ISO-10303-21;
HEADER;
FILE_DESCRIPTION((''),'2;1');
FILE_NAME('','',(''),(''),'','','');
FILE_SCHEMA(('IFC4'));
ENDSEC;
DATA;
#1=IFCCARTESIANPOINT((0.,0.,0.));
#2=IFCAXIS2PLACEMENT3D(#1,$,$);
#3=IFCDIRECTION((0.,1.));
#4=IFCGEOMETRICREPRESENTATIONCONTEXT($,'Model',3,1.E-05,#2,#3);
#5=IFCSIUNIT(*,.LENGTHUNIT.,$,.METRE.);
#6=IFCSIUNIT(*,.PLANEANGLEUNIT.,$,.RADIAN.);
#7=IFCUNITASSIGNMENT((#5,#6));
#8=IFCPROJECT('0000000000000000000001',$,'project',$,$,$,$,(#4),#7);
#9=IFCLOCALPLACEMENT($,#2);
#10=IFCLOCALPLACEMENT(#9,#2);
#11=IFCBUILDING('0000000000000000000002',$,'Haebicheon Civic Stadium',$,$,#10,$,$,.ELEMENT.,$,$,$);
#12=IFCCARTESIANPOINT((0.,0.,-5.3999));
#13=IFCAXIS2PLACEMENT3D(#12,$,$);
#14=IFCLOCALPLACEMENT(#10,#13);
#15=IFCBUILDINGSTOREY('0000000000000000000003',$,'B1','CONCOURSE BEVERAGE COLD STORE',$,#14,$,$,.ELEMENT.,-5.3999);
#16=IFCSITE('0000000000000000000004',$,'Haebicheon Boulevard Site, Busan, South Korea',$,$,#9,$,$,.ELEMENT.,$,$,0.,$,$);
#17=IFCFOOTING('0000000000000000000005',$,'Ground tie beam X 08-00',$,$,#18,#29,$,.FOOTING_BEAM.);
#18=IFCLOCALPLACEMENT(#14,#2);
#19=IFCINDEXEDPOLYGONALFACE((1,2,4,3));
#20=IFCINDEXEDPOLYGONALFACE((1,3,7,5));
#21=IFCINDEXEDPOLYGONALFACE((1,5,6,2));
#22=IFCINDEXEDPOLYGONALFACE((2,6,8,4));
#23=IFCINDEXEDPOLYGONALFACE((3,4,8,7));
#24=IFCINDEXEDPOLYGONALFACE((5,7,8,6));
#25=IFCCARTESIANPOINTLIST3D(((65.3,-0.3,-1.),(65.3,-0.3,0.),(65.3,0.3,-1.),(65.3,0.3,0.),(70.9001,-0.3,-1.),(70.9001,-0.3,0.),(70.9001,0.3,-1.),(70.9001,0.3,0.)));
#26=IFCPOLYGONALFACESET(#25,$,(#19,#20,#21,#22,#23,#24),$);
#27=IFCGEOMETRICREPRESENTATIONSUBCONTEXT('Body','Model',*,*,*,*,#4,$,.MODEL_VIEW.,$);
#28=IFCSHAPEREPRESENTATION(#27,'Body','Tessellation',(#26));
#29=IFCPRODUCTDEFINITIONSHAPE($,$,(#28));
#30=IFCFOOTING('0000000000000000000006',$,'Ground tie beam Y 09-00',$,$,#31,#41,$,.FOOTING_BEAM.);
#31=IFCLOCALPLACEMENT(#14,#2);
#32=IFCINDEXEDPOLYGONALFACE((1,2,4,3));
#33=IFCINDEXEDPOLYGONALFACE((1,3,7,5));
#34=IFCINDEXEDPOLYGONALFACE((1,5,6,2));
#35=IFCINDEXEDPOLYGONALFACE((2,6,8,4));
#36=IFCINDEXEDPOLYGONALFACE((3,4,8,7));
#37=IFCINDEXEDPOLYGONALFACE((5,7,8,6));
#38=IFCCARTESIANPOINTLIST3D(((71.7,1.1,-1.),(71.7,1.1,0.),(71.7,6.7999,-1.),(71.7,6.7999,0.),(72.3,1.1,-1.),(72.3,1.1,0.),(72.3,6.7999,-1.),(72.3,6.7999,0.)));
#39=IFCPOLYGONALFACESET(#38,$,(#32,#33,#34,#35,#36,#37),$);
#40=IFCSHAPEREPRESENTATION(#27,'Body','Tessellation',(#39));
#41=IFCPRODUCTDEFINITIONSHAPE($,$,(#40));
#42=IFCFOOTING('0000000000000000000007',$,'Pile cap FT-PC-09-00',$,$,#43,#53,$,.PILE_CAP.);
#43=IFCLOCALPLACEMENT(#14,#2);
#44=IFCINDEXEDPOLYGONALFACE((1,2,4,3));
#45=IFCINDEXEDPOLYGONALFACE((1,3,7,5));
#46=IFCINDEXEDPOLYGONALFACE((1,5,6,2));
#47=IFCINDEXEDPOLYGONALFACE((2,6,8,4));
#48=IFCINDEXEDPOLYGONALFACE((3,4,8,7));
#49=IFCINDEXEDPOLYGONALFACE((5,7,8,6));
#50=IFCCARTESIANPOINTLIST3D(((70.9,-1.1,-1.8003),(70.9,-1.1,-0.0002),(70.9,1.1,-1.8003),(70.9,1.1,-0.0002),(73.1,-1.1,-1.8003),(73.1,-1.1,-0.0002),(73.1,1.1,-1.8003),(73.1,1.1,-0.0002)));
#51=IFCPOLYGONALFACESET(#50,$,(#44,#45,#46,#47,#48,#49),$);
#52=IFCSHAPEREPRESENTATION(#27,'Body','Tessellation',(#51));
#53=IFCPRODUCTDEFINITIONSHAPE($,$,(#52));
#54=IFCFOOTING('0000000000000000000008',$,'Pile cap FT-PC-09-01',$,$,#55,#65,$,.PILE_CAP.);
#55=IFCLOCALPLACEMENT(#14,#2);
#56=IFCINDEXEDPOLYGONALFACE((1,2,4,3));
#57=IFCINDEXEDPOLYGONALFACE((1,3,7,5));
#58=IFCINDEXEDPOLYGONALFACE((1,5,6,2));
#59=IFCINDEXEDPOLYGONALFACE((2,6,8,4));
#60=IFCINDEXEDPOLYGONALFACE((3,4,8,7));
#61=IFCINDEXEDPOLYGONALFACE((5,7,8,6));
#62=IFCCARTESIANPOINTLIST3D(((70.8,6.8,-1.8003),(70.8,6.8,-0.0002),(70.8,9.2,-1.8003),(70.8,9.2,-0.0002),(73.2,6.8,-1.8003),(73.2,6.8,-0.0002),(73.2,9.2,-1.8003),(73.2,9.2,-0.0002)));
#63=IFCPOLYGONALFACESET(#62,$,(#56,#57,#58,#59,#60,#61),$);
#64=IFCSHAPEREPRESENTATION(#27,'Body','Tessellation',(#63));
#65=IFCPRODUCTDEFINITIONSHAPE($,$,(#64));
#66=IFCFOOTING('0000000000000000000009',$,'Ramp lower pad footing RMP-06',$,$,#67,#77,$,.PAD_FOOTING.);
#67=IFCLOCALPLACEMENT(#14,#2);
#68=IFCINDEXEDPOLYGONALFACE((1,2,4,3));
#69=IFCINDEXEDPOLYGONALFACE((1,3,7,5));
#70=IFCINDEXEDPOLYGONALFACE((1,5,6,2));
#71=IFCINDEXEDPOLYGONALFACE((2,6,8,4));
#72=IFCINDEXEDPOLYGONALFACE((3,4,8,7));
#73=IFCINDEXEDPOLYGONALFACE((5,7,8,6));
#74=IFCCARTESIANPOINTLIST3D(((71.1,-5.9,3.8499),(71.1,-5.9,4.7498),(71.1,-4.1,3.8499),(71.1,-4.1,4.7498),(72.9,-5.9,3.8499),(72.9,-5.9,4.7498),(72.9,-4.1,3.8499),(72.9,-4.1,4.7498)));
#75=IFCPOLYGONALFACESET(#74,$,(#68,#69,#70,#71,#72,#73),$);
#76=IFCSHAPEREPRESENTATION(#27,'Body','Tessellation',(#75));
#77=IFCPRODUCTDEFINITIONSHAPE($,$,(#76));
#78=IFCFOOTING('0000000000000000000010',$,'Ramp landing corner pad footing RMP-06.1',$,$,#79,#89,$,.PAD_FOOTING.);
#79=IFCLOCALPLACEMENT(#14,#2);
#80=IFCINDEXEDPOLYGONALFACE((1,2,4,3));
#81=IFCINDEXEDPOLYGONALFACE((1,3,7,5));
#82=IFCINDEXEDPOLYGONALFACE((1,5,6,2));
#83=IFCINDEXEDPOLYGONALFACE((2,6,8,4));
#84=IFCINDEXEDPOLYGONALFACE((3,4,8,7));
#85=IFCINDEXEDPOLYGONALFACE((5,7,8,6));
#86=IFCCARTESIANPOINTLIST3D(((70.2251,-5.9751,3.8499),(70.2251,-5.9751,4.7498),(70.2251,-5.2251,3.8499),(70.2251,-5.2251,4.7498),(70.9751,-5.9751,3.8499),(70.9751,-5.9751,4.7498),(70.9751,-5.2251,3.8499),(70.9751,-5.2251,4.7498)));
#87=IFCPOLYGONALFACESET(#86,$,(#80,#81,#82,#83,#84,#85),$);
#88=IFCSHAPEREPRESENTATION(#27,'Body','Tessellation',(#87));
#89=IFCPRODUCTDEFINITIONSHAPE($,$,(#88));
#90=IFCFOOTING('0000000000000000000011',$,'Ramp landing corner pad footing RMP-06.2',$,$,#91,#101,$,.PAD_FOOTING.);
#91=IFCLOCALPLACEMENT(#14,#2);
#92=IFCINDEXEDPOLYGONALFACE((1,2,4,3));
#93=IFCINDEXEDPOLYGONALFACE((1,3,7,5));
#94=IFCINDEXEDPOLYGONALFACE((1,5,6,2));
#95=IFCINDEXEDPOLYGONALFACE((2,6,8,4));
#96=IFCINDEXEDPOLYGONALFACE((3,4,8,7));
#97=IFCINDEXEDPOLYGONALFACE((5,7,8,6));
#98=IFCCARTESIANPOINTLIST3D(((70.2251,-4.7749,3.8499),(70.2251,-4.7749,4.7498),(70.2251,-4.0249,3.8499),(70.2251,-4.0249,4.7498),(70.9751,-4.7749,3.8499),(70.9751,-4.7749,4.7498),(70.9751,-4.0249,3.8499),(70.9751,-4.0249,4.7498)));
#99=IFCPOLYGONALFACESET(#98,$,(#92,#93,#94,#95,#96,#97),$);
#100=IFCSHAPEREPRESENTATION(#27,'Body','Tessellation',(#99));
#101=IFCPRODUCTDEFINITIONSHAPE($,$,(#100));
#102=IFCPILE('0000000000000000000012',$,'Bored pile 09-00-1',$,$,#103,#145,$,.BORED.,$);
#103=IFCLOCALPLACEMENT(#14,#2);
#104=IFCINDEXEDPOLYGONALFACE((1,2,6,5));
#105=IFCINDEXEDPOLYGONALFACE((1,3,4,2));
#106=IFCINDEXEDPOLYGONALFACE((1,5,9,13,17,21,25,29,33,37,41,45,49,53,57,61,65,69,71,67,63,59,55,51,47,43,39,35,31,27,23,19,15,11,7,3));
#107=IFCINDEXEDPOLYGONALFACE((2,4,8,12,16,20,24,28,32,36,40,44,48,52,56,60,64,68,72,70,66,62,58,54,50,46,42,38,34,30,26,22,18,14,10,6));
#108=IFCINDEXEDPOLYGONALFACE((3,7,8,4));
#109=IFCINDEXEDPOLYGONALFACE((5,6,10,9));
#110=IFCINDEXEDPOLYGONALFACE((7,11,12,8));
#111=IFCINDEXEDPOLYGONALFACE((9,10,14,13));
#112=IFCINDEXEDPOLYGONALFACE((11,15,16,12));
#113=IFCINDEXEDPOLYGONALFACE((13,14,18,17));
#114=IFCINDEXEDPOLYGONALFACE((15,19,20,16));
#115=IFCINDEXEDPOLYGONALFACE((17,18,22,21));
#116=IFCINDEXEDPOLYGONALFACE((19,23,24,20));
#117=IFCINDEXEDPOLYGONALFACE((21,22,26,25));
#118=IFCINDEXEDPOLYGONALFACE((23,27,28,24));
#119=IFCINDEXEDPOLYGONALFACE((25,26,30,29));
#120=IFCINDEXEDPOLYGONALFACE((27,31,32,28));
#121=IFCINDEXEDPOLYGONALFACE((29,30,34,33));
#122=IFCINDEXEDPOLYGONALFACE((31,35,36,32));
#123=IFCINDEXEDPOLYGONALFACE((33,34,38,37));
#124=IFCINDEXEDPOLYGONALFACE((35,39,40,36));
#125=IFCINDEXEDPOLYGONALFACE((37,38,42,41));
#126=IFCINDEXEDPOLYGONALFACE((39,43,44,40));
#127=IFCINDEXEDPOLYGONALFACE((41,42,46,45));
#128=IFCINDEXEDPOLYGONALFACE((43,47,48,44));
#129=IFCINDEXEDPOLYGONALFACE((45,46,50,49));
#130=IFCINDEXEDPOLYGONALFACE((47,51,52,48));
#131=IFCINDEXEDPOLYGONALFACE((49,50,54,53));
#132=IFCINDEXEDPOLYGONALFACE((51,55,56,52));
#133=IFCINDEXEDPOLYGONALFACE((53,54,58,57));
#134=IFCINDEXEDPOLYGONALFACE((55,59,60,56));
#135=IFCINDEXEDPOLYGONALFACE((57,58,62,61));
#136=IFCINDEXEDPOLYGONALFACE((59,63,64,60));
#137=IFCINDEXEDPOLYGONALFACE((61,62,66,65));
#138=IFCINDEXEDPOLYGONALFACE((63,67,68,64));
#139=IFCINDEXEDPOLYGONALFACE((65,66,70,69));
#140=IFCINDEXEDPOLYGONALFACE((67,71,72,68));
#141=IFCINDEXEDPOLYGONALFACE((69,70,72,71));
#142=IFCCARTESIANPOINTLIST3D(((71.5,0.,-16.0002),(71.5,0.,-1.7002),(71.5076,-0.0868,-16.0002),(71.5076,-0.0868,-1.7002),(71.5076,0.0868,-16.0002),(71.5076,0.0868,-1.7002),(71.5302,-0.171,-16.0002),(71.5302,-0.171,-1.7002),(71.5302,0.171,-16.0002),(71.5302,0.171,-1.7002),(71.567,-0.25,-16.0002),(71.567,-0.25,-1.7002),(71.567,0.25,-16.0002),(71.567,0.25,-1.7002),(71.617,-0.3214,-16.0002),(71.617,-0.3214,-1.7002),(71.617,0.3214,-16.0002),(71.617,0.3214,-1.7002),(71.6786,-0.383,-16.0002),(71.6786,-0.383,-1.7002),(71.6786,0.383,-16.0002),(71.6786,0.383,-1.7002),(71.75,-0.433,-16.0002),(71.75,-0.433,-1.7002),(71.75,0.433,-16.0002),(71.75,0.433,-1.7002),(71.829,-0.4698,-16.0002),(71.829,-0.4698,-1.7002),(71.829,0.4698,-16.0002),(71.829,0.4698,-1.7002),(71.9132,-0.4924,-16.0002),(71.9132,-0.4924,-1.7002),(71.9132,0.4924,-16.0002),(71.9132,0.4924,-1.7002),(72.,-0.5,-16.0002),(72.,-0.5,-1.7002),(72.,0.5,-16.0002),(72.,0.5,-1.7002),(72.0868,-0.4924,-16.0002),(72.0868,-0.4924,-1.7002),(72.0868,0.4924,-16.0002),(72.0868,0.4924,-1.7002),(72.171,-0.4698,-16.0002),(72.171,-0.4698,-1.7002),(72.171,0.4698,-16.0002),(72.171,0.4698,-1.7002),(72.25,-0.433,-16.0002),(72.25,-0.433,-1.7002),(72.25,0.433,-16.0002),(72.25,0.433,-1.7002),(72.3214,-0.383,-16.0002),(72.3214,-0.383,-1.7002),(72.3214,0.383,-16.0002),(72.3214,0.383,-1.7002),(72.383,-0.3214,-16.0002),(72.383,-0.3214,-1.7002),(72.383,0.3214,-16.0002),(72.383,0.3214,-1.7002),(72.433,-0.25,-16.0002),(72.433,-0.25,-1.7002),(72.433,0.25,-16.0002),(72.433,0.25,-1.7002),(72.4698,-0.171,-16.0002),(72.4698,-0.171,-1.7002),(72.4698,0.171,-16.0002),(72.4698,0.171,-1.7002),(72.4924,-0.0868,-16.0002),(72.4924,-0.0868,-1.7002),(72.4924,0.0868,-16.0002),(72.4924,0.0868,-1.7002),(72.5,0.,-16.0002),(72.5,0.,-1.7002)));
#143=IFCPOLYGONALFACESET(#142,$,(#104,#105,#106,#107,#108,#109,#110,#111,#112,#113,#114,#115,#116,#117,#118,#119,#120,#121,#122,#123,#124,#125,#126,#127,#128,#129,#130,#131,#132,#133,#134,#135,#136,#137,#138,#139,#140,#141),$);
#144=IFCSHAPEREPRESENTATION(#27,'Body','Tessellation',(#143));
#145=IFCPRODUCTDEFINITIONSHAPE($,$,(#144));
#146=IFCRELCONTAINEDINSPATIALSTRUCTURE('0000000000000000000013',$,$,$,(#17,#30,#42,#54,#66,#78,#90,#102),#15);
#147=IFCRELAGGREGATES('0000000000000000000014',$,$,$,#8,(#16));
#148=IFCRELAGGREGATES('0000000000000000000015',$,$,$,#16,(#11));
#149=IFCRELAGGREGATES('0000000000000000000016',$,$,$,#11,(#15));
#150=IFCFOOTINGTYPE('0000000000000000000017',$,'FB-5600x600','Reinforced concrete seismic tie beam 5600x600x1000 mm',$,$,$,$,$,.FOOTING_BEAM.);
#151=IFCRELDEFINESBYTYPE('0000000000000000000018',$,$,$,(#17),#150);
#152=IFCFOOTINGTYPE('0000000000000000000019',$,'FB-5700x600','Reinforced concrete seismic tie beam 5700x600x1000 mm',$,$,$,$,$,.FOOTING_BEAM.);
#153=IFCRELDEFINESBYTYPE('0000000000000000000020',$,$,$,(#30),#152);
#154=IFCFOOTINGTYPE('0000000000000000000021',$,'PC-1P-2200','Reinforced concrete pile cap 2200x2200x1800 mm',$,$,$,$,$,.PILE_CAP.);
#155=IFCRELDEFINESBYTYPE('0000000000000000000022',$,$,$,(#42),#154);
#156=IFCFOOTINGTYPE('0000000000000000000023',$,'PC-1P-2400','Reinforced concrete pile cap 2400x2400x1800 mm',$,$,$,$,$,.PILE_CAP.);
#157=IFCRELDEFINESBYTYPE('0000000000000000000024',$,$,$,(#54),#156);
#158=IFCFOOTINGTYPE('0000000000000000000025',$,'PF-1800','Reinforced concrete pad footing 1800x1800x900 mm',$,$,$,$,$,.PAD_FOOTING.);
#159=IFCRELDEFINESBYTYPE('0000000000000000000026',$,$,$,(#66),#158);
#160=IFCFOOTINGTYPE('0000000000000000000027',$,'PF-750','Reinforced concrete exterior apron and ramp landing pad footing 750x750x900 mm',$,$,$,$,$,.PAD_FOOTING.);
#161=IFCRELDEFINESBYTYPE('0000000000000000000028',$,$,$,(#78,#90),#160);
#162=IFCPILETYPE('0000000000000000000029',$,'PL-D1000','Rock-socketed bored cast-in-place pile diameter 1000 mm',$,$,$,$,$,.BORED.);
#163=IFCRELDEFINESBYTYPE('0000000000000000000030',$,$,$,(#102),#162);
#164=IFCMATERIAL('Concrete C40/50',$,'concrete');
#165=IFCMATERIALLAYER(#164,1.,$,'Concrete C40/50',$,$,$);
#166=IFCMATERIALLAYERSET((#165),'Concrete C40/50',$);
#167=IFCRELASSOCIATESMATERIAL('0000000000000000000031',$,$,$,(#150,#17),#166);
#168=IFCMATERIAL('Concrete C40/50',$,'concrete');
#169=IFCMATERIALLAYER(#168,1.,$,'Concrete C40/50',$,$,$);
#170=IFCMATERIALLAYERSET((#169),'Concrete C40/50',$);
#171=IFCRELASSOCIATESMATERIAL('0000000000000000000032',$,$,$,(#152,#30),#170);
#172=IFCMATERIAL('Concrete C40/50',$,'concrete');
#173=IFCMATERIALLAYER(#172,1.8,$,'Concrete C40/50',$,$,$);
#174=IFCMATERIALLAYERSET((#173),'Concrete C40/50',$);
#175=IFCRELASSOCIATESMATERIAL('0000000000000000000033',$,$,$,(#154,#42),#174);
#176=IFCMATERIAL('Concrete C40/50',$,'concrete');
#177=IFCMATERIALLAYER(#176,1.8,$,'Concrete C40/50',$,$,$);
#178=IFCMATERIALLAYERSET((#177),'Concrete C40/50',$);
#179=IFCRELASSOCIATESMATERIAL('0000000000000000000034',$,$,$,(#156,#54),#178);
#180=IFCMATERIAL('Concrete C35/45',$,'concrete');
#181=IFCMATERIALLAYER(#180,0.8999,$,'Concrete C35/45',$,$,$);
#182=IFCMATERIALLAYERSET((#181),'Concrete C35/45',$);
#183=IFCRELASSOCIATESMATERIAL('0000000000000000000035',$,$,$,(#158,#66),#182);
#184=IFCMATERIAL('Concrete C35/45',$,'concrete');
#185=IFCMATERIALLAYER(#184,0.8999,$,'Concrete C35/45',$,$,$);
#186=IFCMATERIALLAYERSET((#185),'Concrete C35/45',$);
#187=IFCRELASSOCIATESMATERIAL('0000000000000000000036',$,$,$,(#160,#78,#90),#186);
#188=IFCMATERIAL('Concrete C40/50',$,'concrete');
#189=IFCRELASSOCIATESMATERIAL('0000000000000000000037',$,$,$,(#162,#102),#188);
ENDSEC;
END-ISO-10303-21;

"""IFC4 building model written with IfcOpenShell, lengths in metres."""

from ifc_helpers import new_model, si_unit, direction, frame, origin, origin_2d, place, context, subcontext, project, spatial, rectangle, circle, extrude, material, layer, layer_set, material_profile, profile_set, type_object, element, save


model = new_model("IFC4")

# Units and contexts
model_context = context("Model", 3, precision=1e-05, world=origin(), true_north=direction((0.0, 1.0)))
body_context = subcontext(model_context, "Body", "Model", "MODEL_VIEW")
ifc_project = project(units=[si_unit("LENGTHUNIT", "METRE"), si_unit("PLANEANGLEUNIT", "RADIAN")], contexts=[model_context])

# Site, building, storey
site_placement = place(None, origin())
site = spatial("IfcSite", under=ifc_project, at=site_placement, Name="Haebicheon Boulevard Site, Busan, South Korea", CompositionType="ELEMENT", RefElevation=0.0)
building_placement = place(site_placement, origin())
building = spatial("IfcBuilding", under=site, at=building_placement, Name="Haebicheon Civic Stadium", CompositionType="ELEMENT")
storey_placement = place(building_placement, frame((0.0, 0.0, -5.3999)))
storey = spatial("IfcBuildingStorey", under=building, at=storey_placement, Name="B1", Description="CONCOURSE BEVERAGE COLD STORE", CompositionType="ELEMENT", Elevation=-5.3999)

# Footings
ifc_material_1 = material(Name="Concrete C40/50", Category="concrete")
ifc_layer_1 = layer(ifc_material_1, 1.0, Name="Concrete C40/50")
ifc_layer_set_1 = layer_set([ifc_layer_1], Name="Concrete C40/50")
footing_type_1 = type_object("IfcFootingType", Name="FB-5600x600", Description="Reinforced concrete seismic tie beam 5600x600x1000 mm", PredefinedType="FOOTING_BEAM", material=ifc_layer_set_1)
footing_1_placement = place(storey_placement, frame((68.1001, 0.0, -1.0), z_axis=(0.0, 0.0, 1.0), x_axis=(1.0, 0.0, 0.0)))
element("IfcFooting", 1, at=footing_1_placement, inside=storey, type_object=footing_type_1, material=ifc_layer_set_1, Name="Ground tie beam X 08-00", PredefinedType="FOOTING_BEAM", context=body_context, shape_type="SweptSolid", body=[
    extrude(rectangle(XDim=5.6001, YDim=0.6001, at=origin_2d()), origin(), (0.0, 0.0, 1.0), 1.0),
])
ifc_material_2 = material(Name="Concrete C40/50", Category="concrete")
ifc_layer_2 = layer(ifc_material_2, 1.0, Name="Concrete C40/50")
ifc_layer_set_2 = layer_set([ifc_layer_2], Name="Concrete C40/50")
footing_type_2 = type_object("IfcFootingType", Name="FB-5700x600", Description="Reinforced concrete seismic tie beam 5700x600x1000 mm", PredefinedType="FOOTING_BEAM", material=ifc_layer_set_2)
footing_2_placement = place(storey_placement, frame((72.0, 3.95, -1.0), z_axis=(0.0, 0.0, 1.0), x_axis=(0.0, 1.0, 0.0)))
element("IfcFooting", 2, at=footing_2_placement, inside=storey, type_object=footing_type_2, material=ifc_layer_set_2, Name="Ground tie beam Y 09-00", PredefinedType="FOOTING_BEAM", context=body_context, shape_type="SweptSolid", body=[
    extrude(rectangle(XDim=5.7, YDim=0.6001, at=origin_2d()), origin(), (0.0, 0.0, 1.0), 1.0),
])
ifc_material_3 = material(Name="Concrete C40/50", Category="concrete")
ifc_layer_3 = layer(ifc_material_3, 1.8, Name="Concrete C40/50")
ifc_layer_set_3 = layer_set([ifc_layer_3], Name="Concrete C40/50")
footing_type_3 = type_object("IfcFootingType", Name="PC-1P-2200", Description="Reinforced concrete pile cap 2200x2200x1800 mm", PredefinedType="PILE_CAP", material=ifc_layer_set_3)
footing_3_placement = place(storey_placement, frame((72.0, 0.0, -1.8003), z_axis=(0.0, 0.0, 1.0), x_axis=(1.0, 0.0, 0.0)))
element("IfcFooting", 3, at=footing_3_placement, inside=storey, type_object=footing_type_3, material=ifc_layer_set_3, Name="Pile cap FT-PC-09-00", PredefinedType="PILE_CAP", context=body_context, shape_type="SweptSolid", body=[
    extrude(rectangle(XDim=2.2, YDim=2.2, at=origin_2d()), origin(), (0.0, 0.0, 1.0), 1.8),
])
ifc_material_4 = material(Name="Concrete C40/50", Category="concrete")
ifc_layer_4 = layer(ifc_material_4, 1.8, Name="Concrete C40/50")
ifc_layer_set_4 = layer_set([ifc_layer_4], Name="Concrete C40/50")
footing_type_4 = type_object("IfcFootingType", Name="PC-1P-2400", Description="Reinforced concrete pile cap 2400x2400x1800 mm", PredefinedType="PILE_CAP", material=ifc_layer_set_4)
footing_4_placement = place(storey_placement, frame((72.0, 8.0, -1.8003), z_axis=(0.0, 0.0, 1.0), x_axis=(1.0, 0.0, 0.0)))
element("IfcFooting", 4, at=footing_4_placement, inside=storey, type_object=footing_type_4, material=ifc_layer_set_4, Name="Pile cap FT-PC-09-01", PredefinedType="PILE_CAP", context=body_context, shape_type="SweptSolid", body=[
    extrude(rectangle(XDim=2.3999, YDim=2.3999, at=origin_2d()), origin(), (0.0, 0.0, 1.0), 1.8),
])
ifc_material_5 = material(Name="Concrete C35/45", Category="concrete")
ifc_layer_5 = layer(ifc_material_5, 0.8999, Name="Concrete C35/45")
ifc_layer_set_5 = layer_set([ifc_layer_5], Name="Concrete C35/45")
footing_type_5 = type_object("IfcFootingType", Name="PF-1800", Description="Reinforced concrete pad footing 1800x1800x900 mm", PredefinedType="PAD_FOOTING", material=ifc_layer_set_5)
footing_5_placement = place(storey_placement, frame((72.0, -5.0, 3.8499), z_axis=(0.0, 0.0, 1.0), x_axis=(1.0, 0.0, 0.0)))
element("IfcFooting", 5, at=footing_5_placement, inside=storey, type_object=footing_type_5, material=ifc_layer_set_5, Name="Ramp lower pad footing RMP-06", PredefinedType="PAD_FOOTING", context=body_context, shape_type="SweptSolid", body=[
    extrude(rectangle(XDim=1.8, YDim=1.8, at=origin_2d()), origin(), (0.0, 0.0, 1.0), 0.8999),
])
ifc_material_6 = material(Name="Concrete C35/45", Category="concrete")
ifc_layer_6 = layer(ifc_material_6, 0.8999, Name="Concrete C35/45")
ifc_layer_set_6 = layer_set([ifc_layer_6], Name="Concrete C35/45")
footing_type_6 = type_object("IfcFootingType", Name="PF-750", Description="Reinforced concrete exterior apron and ramp landing pad footing 750x750x900 mm", PredefinedType="PAD_FOOTING", material=ifc_layer_set_6)
for number, where, z_axis, x_axis, name in (
    (6, (70.6001, -5.6001, 3.8499), (0.0, 0.0, 1.0), (1.0, 0.0, 0.0), "Ramp landing corner pad footing RMP-06.1"),
    (7, (70.6001, -4.3999, 3.8499), (0.0, 0.0, 1.0), (1.0, 0.0, 0.0), "Ramp landing corner pad footing RMP-06.2"),
):
    element("IfcFooting", number, at=place(storey_placement, frame(where, z_axis=z_axis, x_axis=x_axis)), inside=storey, type_object=footing_type_6, material=ifc_layer_set_6, Name=name, PredefinedType="PAD_FOOTING", context=body_context, shape_type="SweptSolid", body=[
        extrude(rectangle(XDim=0.75, YDim=0.75, at=origin_2d()), origin(), (0.0, 0.0, 1.0), 0.8999),
    ])

# Pile
ifc_material_7 = material(Name="Concrete C40/50", Category="concrete")
ifc_material_profile_1 = material_profile(ifc_material_7, circle(Radius=0.5, at=origin_2d()), Name="PILE-D1000")
ifc_profile_set_1 = profile_set([ifc_material_profile_1], Name="Concrete C40/50")
pile_type_1 = type_object("IfcPileType", Name="PL-D1000", Description="Rock-socketed bored cast-in-place pile diameter 1000 mm", PredefinedType="BORED", material=ifc_profile_set_1)
pile_1_placement = place(storey_placement, frame((72.0, 0.0, -1.7002), z_axis=(0.0, 0.0, -1.0), x_axis=(1.0, 0.0, 0.0)))
element("IfcPile", 8, at=pile_1_placement, inside=storey, type_object=pile_type_1, material=ifc_profile_set_1, Name="Bored pile 09-00-1", PredefinedType="BORED", context=body_context, shape_type="SweptSolid", body=[
    extrude(circle(Radius=0.5, at=origin_2d()), origin(), (0.0, 0.0, 1.0), 14.3),
])

save(model, "model.ifc")
